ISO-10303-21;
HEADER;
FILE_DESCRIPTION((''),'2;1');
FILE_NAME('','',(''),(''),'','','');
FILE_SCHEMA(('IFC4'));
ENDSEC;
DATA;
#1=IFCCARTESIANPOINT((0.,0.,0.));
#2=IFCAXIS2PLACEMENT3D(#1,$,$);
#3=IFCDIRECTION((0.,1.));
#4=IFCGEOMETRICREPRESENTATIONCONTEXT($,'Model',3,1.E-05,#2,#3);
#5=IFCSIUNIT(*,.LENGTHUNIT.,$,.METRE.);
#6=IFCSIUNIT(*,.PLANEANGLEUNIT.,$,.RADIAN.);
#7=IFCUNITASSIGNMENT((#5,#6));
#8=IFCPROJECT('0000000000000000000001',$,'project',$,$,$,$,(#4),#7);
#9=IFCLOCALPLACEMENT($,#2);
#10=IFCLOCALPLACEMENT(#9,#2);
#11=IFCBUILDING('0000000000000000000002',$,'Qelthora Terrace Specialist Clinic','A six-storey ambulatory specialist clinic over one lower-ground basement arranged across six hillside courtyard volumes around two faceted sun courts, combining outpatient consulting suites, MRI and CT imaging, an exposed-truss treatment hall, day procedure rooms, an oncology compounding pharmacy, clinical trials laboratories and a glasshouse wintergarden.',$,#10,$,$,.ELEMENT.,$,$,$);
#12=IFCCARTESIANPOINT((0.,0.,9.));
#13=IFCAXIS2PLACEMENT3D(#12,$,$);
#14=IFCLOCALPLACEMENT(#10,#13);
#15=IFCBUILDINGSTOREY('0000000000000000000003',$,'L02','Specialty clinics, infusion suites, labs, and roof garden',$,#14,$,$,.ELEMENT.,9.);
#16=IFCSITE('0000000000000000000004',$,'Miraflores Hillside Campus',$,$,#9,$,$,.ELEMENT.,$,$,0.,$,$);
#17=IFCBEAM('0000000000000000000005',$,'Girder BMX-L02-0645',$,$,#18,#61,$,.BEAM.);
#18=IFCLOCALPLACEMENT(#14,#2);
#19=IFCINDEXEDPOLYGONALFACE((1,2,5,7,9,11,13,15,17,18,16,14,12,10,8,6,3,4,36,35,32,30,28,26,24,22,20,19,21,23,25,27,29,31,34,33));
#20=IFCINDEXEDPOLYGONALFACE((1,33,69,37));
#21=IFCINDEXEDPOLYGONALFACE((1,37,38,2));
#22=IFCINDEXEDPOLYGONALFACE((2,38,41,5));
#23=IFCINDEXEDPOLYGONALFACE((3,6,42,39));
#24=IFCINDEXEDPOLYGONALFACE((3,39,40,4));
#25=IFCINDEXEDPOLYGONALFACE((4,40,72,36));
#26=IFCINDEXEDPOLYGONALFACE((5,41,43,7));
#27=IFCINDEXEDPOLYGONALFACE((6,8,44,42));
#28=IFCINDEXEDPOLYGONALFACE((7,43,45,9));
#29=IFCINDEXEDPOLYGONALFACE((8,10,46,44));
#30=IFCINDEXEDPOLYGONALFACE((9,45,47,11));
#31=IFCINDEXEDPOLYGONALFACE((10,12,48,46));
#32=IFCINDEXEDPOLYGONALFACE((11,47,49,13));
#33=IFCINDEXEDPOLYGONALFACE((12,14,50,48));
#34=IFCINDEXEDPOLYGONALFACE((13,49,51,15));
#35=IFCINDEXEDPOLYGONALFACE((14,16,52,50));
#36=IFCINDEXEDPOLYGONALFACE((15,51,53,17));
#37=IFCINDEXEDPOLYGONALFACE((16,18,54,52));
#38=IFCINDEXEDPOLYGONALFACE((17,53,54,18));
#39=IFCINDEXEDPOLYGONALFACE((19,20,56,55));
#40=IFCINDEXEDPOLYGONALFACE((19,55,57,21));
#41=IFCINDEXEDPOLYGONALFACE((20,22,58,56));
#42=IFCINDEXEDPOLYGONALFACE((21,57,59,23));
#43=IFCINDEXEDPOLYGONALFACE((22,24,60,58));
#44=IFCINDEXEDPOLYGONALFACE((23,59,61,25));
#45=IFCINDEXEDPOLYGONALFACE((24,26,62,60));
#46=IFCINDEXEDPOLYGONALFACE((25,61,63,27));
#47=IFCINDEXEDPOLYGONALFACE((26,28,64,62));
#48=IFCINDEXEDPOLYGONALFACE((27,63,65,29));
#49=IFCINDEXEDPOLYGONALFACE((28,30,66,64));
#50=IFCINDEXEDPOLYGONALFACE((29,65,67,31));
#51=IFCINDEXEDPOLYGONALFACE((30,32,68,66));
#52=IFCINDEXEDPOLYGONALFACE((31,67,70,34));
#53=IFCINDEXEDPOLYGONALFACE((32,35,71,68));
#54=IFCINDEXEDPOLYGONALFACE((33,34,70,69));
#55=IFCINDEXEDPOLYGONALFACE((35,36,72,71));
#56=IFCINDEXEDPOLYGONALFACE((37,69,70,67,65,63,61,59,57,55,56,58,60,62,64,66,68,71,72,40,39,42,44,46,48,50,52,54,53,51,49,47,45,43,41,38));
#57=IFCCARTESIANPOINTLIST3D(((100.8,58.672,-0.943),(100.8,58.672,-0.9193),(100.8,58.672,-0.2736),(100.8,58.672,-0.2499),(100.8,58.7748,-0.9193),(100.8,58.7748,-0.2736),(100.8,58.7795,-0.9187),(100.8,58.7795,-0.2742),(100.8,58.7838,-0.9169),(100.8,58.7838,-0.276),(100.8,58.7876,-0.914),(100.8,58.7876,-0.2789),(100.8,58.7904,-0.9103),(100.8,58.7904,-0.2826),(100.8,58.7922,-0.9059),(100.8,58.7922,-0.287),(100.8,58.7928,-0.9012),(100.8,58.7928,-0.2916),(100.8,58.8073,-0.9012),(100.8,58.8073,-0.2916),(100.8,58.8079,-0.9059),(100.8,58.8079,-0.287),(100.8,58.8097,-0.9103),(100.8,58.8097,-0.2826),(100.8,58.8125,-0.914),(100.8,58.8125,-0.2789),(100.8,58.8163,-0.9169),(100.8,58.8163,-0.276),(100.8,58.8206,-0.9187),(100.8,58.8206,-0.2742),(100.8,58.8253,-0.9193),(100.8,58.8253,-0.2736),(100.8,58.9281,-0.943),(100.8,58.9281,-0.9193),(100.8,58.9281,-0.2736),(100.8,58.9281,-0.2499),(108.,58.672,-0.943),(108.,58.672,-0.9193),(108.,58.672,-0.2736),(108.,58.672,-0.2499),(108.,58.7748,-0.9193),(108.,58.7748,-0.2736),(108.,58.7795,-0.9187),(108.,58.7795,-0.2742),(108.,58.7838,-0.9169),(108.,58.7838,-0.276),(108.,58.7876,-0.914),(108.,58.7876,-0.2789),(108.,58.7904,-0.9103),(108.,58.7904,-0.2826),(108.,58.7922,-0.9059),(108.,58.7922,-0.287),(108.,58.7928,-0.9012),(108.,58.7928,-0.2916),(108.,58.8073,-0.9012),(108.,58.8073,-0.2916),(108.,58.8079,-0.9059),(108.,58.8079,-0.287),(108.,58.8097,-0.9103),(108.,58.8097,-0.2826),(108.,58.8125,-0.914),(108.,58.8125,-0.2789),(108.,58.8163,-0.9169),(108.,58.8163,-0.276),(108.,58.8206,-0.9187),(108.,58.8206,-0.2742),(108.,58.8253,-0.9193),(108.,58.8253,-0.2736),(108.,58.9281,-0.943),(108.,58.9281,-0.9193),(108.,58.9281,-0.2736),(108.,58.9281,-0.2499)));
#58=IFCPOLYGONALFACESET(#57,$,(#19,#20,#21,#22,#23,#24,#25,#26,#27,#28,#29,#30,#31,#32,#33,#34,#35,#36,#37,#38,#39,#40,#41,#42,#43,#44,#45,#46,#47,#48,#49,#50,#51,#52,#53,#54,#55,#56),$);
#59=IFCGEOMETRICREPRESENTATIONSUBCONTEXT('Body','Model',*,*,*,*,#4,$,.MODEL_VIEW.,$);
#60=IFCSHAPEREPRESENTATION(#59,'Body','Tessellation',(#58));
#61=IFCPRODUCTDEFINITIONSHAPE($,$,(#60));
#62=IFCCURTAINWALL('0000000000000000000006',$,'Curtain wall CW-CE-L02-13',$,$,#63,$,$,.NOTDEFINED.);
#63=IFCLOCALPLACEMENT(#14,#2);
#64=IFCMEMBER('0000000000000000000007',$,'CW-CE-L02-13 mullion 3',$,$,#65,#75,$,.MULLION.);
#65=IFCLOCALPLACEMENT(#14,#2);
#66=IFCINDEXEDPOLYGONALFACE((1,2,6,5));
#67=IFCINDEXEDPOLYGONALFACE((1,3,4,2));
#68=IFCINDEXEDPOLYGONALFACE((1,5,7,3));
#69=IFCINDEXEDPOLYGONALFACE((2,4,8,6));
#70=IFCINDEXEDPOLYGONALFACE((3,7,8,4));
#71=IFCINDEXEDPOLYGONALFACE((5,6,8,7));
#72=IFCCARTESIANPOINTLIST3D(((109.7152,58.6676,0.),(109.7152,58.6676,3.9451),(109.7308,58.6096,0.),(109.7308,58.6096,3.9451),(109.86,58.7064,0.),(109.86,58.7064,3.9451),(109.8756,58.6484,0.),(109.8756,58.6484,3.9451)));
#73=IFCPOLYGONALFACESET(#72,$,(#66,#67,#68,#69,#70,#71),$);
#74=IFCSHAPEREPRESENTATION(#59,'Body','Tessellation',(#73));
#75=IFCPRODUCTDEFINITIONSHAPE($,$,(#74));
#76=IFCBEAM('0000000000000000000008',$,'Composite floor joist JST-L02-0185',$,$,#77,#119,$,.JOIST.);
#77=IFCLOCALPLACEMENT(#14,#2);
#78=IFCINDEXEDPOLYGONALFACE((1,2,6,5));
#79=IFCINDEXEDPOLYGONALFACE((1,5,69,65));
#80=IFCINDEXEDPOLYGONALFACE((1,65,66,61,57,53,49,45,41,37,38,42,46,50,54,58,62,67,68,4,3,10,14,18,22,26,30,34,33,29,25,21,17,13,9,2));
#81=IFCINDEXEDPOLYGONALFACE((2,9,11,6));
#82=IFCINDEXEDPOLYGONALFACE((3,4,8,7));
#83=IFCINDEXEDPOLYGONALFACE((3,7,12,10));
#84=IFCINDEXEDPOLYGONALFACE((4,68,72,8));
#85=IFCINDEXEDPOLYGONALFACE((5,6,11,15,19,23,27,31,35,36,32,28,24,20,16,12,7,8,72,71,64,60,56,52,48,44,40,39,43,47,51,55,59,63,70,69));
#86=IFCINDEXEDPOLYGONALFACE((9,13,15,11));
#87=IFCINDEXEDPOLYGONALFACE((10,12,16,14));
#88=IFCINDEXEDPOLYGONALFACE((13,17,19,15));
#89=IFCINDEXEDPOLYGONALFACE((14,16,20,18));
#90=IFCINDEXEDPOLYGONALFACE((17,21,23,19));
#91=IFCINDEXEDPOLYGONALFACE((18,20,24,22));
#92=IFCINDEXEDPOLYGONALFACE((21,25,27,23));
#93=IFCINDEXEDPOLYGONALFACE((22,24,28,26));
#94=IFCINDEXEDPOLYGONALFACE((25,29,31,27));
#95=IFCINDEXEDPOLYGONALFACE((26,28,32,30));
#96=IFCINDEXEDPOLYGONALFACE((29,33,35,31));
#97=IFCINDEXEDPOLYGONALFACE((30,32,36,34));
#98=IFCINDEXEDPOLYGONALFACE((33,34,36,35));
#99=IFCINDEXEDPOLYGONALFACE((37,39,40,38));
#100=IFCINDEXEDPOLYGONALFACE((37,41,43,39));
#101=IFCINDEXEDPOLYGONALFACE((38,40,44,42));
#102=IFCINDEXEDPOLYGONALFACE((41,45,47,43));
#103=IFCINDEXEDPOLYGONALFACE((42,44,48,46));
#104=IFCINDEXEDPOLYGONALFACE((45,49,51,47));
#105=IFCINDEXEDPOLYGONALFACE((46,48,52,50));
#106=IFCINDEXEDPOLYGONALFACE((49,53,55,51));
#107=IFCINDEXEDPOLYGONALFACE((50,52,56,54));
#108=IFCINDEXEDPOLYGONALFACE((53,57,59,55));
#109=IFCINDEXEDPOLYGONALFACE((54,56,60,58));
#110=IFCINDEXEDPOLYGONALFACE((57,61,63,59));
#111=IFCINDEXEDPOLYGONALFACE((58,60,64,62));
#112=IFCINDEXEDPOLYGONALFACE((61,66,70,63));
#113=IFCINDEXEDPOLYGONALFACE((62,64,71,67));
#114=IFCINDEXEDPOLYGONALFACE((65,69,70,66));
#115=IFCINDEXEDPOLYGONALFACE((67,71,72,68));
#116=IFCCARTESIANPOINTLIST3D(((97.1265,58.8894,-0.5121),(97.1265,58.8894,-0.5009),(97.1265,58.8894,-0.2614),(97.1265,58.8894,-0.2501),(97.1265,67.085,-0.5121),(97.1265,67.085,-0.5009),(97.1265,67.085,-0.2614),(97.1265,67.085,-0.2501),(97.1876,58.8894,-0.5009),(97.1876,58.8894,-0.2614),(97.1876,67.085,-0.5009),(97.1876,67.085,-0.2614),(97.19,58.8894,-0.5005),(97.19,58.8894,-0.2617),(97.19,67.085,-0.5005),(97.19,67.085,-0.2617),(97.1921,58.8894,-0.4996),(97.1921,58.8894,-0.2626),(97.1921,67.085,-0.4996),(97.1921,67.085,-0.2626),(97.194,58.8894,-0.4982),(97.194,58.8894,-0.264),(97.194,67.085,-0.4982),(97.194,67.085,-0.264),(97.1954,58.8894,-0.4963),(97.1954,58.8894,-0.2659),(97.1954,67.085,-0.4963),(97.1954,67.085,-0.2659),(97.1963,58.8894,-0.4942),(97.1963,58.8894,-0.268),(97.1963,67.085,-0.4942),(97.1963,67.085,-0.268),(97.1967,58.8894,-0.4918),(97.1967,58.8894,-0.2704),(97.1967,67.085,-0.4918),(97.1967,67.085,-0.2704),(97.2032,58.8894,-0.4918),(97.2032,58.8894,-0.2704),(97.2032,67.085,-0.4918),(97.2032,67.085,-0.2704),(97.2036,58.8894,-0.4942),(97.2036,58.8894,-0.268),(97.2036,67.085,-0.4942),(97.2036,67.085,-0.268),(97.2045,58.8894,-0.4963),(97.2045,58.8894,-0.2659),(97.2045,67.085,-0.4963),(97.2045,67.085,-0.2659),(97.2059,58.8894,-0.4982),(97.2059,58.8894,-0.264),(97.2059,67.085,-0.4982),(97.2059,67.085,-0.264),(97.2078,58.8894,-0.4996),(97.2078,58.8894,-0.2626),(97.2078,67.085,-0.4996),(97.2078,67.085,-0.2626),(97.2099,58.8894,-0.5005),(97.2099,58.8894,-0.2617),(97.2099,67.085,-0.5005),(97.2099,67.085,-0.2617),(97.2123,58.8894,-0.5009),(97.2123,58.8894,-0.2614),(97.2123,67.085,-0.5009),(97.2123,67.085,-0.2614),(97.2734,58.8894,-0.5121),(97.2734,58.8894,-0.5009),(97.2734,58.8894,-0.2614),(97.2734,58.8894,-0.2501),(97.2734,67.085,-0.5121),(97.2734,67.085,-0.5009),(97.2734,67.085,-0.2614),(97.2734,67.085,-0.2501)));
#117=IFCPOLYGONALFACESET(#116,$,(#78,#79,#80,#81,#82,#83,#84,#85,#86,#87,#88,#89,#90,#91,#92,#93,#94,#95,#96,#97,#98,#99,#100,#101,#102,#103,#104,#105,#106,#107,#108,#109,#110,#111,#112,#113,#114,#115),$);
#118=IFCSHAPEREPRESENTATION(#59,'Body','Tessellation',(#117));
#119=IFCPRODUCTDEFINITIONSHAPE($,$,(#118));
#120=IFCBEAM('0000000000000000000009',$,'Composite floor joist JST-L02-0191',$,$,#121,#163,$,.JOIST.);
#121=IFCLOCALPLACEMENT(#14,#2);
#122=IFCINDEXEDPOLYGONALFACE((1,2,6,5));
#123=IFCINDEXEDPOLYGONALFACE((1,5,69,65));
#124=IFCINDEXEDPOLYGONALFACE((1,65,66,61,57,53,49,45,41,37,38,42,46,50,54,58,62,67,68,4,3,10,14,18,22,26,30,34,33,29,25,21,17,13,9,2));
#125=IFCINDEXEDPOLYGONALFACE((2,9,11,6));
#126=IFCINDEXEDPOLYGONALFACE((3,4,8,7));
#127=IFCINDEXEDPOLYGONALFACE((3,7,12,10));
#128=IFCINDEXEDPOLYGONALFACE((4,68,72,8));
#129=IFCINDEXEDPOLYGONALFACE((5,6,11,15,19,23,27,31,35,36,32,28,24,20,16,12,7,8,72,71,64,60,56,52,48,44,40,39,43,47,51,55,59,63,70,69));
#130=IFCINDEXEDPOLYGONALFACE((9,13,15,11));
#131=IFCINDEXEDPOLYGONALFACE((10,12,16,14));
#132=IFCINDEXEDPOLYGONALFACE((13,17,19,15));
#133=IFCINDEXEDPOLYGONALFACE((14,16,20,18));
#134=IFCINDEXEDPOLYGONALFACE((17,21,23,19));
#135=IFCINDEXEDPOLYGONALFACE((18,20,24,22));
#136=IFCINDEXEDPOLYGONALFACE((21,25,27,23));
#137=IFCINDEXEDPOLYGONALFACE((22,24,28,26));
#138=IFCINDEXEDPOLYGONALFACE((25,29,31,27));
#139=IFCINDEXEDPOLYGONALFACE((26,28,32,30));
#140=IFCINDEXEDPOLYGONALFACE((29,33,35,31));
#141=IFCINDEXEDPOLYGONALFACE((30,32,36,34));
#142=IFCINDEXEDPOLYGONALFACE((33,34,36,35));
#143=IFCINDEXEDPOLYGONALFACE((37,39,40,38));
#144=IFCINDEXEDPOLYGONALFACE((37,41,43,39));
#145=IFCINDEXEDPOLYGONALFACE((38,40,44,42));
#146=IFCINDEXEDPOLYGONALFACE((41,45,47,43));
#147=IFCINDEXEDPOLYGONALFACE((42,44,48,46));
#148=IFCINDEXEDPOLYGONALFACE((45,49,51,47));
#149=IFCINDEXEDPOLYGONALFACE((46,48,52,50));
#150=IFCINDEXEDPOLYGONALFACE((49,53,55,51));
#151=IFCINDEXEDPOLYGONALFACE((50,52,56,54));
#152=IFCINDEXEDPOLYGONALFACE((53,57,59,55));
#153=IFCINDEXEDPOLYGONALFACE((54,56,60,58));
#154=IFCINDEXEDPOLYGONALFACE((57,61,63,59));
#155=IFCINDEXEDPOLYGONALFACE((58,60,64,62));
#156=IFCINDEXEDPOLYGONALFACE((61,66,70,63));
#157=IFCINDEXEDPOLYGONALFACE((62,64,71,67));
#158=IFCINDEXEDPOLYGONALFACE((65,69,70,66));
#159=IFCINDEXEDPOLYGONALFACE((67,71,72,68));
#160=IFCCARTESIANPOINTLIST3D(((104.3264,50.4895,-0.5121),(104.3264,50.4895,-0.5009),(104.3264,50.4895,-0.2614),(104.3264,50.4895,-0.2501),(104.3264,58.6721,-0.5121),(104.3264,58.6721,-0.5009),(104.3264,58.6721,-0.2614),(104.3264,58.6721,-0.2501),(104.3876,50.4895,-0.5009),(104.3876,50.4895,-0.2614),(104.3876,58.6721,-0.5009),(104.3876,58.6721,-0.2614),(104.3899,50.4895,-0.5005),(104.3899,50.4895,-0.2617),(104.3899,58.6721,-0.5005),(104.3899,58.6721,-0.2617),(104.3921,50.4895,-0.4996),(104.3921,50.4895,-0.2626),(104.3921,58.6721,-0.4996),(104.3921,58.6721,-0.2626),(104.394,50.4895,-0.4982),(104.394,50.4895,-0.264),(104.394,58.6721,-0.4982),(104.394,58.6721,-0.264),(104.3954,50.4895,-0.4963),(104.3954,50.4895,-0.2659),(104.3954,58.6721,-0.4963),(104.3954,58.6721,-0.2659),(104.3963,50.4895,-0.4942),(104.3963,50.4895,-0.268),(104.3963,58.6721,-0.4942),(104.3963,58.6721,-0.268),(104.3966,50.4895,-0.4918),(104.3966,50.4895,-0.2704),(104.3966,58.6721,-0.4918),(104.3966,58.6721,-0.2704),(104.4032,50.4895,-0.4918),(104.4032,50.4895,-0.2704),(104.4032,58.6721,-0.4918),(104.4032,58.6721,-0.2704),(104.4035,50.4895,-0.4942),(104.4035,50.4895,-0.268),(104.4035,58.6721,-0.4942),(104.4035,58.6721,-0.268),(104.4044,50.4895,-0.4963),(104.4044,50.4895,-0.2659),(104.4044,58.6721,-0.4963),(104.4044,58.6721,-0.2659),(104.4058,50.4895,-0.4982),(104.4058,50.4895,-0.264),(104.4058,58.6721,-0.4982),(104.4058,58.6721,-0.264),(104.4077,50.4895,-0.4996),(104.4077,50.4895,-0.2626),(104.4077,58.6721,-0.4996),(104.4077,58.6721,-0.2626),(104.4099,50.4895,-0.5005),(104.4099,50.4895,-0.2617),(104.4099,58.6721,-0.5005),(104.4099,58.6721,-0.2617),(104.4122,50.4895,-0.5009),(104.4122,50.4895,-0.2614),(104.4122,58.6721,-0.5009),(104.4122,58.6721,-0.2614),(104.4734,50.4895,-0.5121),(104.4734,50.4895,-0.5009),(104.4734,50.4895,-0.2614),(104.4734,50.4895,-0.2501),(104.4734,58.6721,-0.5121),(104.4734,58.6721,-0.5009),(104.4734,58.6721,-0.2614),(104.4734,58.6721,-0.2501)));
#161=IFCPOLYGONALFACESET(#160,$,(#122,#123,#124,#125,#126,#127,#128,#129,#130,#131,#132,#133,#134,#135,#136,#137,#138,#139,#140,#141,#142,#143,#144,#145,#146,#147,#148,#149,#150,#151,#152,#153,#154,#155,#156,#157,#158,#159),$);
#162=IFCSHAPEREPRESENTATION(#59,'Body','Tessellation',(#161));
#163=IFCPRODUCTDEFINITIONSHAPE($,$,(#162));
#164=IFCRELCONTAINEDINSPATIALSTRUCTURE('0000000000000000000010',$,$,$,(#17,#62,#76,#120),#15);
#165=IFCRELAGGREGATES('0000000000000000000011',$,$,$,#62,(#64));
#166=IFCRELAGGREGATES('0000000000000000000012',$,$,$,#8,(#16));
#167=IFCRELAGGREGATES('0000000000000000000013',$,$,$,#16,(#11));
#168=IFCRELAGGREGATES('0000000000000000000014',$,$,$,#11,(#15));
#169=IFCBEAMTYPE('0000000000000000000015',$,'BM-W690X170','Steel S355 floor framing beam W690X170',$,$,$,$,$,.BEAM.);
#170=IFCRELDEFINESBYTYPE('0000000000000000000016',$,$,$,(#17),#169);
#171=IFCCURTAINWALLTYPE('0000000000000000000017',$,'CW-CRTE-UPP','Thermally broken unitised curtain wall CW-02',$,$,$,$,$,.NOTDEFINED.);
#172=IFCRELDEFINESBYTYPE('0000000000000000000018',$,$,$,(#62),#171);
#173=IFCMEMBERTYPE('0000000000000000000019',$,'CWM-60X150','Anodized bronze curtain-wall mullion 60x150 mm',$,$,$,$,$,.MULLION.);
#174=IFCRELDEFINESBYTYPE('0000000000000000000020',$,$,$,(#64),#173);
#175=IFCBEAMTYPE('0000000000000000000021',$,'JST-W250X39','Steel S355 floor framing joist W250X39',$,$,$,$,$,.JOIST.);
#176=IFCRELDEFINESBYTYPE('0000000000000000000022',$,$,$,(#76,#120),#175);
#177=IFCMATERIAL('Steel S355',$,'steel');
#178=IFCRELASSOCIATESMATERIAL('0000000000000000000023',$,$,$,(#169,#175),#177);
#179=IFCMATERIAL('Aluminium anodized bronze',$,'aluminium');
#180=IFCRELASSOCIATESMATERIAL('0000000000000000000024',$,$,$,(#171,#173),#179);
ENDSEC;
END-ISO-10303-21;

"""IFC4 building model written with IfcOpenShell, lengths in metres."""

from ifc_helpers import new_model, si_unit, direction, frame, origin, origin_2d, place, context, subcontext, project, spatial, rectangle, i_section, extrude, material, material_profile, profile_set, type_object, element, aggregate, save


model = new_model("IFC4")

# Units and contexts
model_context = context("Model", 3, precision=1e-05, world=origin(), true_north=direction((0.0, 1.0)))
body_context = subcontext(model_context, "Body", "Model", "MODEL_VIEW")
ifc_project = project(units=[si_unit("LENGTHUNIT", "METRE"), si_unit("PLANEANGLEUNIT", "RADIAN")], contexts=[model_context])

# Site, building, storey
site_placement = place(None, origin())
site = spatial("IfcSite", under=ifc_project, at=site_placement, Name="Miraflores Hillside Campus", CompositionType="ELEMENT", RefElevation=0.0)
building_placement = place(site_placement, origin())
building = spatial("IfcBuilding", under=site, at=building_placement, Name="Qelthora Terrace Specialist Clinic", Description="A six-storey ambulatory specialist clinic over one lower-ground basement arranged across six hillside courtyard volumes around two faceted sun courts, combining outpatient consulting suites, MRI and CT imaging, an exposed-truss treatment hall, day procedure rooms, an oncology compounding pharmacy, clinical trials laboratories and a glasshouse wintergarden.", CompositionType="ELEMENT")
storey_placement = place(building_placement, frame((0.0, 0.0, 9.0)))
storey = spatial("IfcBuildingStorey", under=building, at=storey_placement, Name="L02", Description="Specialty clinics, infusion suites, labs, and roof garden", CompositionType="ELEMENT", Elevation=9.0)

# Shared definitions
ifc_material_1 = material(Name="Steel S355", Category="steel")

# Beam
ifc_material_profile_1 = material_profile(ifc_material_1, i_section(OverallWidth=0.2561, OverallDepth=0.6931, WebThickness=0.0144, FlangeThickness=0.0237, FilletRadius=0.0181, at=origin_2d()), Name="W690X170")
ifc_profile_set_1 = profile_set([ifc_material_profile_1], Name="Steel S355")
beam_type_1 = type_object("IfcBeamType", Name="BM-W690X170", Description="Steel S355 floor framing beam W690X170", PredefinedType="BEAM", material=ifc_profile_set_1)
beam_1_placement = place(storey_placement, frame((100.8, 58.8, -0.5964), z_axis=(1.0, 0.0, 0.0), x_axis=(0.0, 1.0, 0.0)))
element("IfcBeam", 1, at=beam_1_placement, inside=storey, type_object=beam_type_1, Name="Girder BMX-L02-0645", PredefinedType="BEAM", context=body_context, shape_type="SweptSolid", body=[
    extrude(i_section(OverallWidth=0.2561, OverallDepth=0.6931, WebThickness=0.0144, FlangeThickness=0.0237, FilletRadius=0.0181, at=origin_2d()), origin(), (0.0, 0.0, 1.0), 7.2),
])

# Curtain wall, member
ifc_material_2 = material(Name="Aluminium anodized bronze", Category="aluminium")
curtain_wall_type = type_object("IfcCurtainWallType", Name="CW-CRTE-UPP", Description="Thermally broken unitised curtain wall CW-02", PredefinedType="NOTDEFINED", material=ifc_material_2)
curtain_wall_placement = place(storey_placement, origin())
curtain_wall = element("IfcCurtainWall", 2, at=curtain_wall_placement, inside=storey, type_object=curtain_wall_type, Name="Curtain wall CW-CE-L02-13", PredefinedType="NOTDEFINED")
ifc_material_profile_2 = material_profile(ifc_material_2, rectangle(XDim=0.0601, YDim=0.1499, at=origin_2d()), Name="CWM60X150")
ifc_profile_set_2 = profile_set([ifc_material_profile_2], Name="Aluminium anodized bronze")
member_type = type_object("IfcMemberType", Name="CWM-60X150", Description="Anodized bronze curtain-wall mullion 60x150 mm", PredefinedType="MULLION", material=ifc_profile_set_2)
member_placement = place(storey_placement, frame((109.7954, 58.658, 0.0), z_axis=(0.0, 0.0, 1.0), x_axis=(0.25882, -0.965926, 0.0)))
member = element("IfcMember", 3, at=member_placement, type_object=member_type, Name="CW-CE-L02-13 mullion 3", PredefinedType="MULLION", context=body_context, shape_type="SweptSolid", body=[
    extrude(rectangle(XDim=0.0601, YDim=0.1499, at=origin_2d()), origin(), (0.0, 0.0, 1.0), 3.9451),
])

# Beams
ifc_material_profile_3 = material_profile(ifc_material_1, i_section(OverallWidth=0.147, OverallDepth=0.262, WebThickness=0.0066, FlangeThickness=0.0112, FilletRadius=0.009, at=origin_2d()), Name="W250X39")
ifc_profile_set_3 = profile_set([ifc_material_profile_3], Name="Steel S355")
beam_type_2 = type_object("IfcBeamType", Name="JST-W250X39", Description="Steel S355 floor framing joist W250X39", PredefinedType="JOIST", material=ifc_profile_set_3)
beam_2_placement = place(storey_placement, frame((97.2, 58.8894, -0.3811), z_axis=(0.0, 1.0, 0.0), x_axis=(-1.0, 0.0, 0.0)))
element("IfcBeam", 4, at=beam_2_placement, inside=storey, type_object=beam_type_2, Name="Composite floor joist JST-L02-0185", PredefinedType="JOIST", context=body_context, shape_type="SweptSolid", body=[
    extrude(i_section(OverallWidth=0.147, OverallDepth=0.262, WebThickness=0.0066, FlangeThickness=0.0112, FilletRadius=0.009, at=origin_2d()), origin(), (0.0, 0.0, 1.0), 8.1956),
])
beam_3_placement = place(storey_placement, frame((104.3999, 50.4895, -0.3811), z_axis=(0.0, 1.0, 0.0), x_axis=(-1.0, 0.0, 0.0)))
element("IfcBeam", 5, at=beam_3_placement, inside=storey, type_object=beam_type_2, Name="Composite floor joist JST-L02-0191", PredefinedType="JOIST", context=body_context, shape_type="SweptSolid", body=[
    extrude(i_section(OverallWidth=0.147, OverallDepth=0.262, WebThickness=0.0066, FlangeThickness=0.0112, FilletRadius=0.009, at=origin_2d()), origin(), (0.0, 0.0, 1.0), 8.1826),
])

aggregate(curtain_wall, [member])

save(model, "model.ifc")
